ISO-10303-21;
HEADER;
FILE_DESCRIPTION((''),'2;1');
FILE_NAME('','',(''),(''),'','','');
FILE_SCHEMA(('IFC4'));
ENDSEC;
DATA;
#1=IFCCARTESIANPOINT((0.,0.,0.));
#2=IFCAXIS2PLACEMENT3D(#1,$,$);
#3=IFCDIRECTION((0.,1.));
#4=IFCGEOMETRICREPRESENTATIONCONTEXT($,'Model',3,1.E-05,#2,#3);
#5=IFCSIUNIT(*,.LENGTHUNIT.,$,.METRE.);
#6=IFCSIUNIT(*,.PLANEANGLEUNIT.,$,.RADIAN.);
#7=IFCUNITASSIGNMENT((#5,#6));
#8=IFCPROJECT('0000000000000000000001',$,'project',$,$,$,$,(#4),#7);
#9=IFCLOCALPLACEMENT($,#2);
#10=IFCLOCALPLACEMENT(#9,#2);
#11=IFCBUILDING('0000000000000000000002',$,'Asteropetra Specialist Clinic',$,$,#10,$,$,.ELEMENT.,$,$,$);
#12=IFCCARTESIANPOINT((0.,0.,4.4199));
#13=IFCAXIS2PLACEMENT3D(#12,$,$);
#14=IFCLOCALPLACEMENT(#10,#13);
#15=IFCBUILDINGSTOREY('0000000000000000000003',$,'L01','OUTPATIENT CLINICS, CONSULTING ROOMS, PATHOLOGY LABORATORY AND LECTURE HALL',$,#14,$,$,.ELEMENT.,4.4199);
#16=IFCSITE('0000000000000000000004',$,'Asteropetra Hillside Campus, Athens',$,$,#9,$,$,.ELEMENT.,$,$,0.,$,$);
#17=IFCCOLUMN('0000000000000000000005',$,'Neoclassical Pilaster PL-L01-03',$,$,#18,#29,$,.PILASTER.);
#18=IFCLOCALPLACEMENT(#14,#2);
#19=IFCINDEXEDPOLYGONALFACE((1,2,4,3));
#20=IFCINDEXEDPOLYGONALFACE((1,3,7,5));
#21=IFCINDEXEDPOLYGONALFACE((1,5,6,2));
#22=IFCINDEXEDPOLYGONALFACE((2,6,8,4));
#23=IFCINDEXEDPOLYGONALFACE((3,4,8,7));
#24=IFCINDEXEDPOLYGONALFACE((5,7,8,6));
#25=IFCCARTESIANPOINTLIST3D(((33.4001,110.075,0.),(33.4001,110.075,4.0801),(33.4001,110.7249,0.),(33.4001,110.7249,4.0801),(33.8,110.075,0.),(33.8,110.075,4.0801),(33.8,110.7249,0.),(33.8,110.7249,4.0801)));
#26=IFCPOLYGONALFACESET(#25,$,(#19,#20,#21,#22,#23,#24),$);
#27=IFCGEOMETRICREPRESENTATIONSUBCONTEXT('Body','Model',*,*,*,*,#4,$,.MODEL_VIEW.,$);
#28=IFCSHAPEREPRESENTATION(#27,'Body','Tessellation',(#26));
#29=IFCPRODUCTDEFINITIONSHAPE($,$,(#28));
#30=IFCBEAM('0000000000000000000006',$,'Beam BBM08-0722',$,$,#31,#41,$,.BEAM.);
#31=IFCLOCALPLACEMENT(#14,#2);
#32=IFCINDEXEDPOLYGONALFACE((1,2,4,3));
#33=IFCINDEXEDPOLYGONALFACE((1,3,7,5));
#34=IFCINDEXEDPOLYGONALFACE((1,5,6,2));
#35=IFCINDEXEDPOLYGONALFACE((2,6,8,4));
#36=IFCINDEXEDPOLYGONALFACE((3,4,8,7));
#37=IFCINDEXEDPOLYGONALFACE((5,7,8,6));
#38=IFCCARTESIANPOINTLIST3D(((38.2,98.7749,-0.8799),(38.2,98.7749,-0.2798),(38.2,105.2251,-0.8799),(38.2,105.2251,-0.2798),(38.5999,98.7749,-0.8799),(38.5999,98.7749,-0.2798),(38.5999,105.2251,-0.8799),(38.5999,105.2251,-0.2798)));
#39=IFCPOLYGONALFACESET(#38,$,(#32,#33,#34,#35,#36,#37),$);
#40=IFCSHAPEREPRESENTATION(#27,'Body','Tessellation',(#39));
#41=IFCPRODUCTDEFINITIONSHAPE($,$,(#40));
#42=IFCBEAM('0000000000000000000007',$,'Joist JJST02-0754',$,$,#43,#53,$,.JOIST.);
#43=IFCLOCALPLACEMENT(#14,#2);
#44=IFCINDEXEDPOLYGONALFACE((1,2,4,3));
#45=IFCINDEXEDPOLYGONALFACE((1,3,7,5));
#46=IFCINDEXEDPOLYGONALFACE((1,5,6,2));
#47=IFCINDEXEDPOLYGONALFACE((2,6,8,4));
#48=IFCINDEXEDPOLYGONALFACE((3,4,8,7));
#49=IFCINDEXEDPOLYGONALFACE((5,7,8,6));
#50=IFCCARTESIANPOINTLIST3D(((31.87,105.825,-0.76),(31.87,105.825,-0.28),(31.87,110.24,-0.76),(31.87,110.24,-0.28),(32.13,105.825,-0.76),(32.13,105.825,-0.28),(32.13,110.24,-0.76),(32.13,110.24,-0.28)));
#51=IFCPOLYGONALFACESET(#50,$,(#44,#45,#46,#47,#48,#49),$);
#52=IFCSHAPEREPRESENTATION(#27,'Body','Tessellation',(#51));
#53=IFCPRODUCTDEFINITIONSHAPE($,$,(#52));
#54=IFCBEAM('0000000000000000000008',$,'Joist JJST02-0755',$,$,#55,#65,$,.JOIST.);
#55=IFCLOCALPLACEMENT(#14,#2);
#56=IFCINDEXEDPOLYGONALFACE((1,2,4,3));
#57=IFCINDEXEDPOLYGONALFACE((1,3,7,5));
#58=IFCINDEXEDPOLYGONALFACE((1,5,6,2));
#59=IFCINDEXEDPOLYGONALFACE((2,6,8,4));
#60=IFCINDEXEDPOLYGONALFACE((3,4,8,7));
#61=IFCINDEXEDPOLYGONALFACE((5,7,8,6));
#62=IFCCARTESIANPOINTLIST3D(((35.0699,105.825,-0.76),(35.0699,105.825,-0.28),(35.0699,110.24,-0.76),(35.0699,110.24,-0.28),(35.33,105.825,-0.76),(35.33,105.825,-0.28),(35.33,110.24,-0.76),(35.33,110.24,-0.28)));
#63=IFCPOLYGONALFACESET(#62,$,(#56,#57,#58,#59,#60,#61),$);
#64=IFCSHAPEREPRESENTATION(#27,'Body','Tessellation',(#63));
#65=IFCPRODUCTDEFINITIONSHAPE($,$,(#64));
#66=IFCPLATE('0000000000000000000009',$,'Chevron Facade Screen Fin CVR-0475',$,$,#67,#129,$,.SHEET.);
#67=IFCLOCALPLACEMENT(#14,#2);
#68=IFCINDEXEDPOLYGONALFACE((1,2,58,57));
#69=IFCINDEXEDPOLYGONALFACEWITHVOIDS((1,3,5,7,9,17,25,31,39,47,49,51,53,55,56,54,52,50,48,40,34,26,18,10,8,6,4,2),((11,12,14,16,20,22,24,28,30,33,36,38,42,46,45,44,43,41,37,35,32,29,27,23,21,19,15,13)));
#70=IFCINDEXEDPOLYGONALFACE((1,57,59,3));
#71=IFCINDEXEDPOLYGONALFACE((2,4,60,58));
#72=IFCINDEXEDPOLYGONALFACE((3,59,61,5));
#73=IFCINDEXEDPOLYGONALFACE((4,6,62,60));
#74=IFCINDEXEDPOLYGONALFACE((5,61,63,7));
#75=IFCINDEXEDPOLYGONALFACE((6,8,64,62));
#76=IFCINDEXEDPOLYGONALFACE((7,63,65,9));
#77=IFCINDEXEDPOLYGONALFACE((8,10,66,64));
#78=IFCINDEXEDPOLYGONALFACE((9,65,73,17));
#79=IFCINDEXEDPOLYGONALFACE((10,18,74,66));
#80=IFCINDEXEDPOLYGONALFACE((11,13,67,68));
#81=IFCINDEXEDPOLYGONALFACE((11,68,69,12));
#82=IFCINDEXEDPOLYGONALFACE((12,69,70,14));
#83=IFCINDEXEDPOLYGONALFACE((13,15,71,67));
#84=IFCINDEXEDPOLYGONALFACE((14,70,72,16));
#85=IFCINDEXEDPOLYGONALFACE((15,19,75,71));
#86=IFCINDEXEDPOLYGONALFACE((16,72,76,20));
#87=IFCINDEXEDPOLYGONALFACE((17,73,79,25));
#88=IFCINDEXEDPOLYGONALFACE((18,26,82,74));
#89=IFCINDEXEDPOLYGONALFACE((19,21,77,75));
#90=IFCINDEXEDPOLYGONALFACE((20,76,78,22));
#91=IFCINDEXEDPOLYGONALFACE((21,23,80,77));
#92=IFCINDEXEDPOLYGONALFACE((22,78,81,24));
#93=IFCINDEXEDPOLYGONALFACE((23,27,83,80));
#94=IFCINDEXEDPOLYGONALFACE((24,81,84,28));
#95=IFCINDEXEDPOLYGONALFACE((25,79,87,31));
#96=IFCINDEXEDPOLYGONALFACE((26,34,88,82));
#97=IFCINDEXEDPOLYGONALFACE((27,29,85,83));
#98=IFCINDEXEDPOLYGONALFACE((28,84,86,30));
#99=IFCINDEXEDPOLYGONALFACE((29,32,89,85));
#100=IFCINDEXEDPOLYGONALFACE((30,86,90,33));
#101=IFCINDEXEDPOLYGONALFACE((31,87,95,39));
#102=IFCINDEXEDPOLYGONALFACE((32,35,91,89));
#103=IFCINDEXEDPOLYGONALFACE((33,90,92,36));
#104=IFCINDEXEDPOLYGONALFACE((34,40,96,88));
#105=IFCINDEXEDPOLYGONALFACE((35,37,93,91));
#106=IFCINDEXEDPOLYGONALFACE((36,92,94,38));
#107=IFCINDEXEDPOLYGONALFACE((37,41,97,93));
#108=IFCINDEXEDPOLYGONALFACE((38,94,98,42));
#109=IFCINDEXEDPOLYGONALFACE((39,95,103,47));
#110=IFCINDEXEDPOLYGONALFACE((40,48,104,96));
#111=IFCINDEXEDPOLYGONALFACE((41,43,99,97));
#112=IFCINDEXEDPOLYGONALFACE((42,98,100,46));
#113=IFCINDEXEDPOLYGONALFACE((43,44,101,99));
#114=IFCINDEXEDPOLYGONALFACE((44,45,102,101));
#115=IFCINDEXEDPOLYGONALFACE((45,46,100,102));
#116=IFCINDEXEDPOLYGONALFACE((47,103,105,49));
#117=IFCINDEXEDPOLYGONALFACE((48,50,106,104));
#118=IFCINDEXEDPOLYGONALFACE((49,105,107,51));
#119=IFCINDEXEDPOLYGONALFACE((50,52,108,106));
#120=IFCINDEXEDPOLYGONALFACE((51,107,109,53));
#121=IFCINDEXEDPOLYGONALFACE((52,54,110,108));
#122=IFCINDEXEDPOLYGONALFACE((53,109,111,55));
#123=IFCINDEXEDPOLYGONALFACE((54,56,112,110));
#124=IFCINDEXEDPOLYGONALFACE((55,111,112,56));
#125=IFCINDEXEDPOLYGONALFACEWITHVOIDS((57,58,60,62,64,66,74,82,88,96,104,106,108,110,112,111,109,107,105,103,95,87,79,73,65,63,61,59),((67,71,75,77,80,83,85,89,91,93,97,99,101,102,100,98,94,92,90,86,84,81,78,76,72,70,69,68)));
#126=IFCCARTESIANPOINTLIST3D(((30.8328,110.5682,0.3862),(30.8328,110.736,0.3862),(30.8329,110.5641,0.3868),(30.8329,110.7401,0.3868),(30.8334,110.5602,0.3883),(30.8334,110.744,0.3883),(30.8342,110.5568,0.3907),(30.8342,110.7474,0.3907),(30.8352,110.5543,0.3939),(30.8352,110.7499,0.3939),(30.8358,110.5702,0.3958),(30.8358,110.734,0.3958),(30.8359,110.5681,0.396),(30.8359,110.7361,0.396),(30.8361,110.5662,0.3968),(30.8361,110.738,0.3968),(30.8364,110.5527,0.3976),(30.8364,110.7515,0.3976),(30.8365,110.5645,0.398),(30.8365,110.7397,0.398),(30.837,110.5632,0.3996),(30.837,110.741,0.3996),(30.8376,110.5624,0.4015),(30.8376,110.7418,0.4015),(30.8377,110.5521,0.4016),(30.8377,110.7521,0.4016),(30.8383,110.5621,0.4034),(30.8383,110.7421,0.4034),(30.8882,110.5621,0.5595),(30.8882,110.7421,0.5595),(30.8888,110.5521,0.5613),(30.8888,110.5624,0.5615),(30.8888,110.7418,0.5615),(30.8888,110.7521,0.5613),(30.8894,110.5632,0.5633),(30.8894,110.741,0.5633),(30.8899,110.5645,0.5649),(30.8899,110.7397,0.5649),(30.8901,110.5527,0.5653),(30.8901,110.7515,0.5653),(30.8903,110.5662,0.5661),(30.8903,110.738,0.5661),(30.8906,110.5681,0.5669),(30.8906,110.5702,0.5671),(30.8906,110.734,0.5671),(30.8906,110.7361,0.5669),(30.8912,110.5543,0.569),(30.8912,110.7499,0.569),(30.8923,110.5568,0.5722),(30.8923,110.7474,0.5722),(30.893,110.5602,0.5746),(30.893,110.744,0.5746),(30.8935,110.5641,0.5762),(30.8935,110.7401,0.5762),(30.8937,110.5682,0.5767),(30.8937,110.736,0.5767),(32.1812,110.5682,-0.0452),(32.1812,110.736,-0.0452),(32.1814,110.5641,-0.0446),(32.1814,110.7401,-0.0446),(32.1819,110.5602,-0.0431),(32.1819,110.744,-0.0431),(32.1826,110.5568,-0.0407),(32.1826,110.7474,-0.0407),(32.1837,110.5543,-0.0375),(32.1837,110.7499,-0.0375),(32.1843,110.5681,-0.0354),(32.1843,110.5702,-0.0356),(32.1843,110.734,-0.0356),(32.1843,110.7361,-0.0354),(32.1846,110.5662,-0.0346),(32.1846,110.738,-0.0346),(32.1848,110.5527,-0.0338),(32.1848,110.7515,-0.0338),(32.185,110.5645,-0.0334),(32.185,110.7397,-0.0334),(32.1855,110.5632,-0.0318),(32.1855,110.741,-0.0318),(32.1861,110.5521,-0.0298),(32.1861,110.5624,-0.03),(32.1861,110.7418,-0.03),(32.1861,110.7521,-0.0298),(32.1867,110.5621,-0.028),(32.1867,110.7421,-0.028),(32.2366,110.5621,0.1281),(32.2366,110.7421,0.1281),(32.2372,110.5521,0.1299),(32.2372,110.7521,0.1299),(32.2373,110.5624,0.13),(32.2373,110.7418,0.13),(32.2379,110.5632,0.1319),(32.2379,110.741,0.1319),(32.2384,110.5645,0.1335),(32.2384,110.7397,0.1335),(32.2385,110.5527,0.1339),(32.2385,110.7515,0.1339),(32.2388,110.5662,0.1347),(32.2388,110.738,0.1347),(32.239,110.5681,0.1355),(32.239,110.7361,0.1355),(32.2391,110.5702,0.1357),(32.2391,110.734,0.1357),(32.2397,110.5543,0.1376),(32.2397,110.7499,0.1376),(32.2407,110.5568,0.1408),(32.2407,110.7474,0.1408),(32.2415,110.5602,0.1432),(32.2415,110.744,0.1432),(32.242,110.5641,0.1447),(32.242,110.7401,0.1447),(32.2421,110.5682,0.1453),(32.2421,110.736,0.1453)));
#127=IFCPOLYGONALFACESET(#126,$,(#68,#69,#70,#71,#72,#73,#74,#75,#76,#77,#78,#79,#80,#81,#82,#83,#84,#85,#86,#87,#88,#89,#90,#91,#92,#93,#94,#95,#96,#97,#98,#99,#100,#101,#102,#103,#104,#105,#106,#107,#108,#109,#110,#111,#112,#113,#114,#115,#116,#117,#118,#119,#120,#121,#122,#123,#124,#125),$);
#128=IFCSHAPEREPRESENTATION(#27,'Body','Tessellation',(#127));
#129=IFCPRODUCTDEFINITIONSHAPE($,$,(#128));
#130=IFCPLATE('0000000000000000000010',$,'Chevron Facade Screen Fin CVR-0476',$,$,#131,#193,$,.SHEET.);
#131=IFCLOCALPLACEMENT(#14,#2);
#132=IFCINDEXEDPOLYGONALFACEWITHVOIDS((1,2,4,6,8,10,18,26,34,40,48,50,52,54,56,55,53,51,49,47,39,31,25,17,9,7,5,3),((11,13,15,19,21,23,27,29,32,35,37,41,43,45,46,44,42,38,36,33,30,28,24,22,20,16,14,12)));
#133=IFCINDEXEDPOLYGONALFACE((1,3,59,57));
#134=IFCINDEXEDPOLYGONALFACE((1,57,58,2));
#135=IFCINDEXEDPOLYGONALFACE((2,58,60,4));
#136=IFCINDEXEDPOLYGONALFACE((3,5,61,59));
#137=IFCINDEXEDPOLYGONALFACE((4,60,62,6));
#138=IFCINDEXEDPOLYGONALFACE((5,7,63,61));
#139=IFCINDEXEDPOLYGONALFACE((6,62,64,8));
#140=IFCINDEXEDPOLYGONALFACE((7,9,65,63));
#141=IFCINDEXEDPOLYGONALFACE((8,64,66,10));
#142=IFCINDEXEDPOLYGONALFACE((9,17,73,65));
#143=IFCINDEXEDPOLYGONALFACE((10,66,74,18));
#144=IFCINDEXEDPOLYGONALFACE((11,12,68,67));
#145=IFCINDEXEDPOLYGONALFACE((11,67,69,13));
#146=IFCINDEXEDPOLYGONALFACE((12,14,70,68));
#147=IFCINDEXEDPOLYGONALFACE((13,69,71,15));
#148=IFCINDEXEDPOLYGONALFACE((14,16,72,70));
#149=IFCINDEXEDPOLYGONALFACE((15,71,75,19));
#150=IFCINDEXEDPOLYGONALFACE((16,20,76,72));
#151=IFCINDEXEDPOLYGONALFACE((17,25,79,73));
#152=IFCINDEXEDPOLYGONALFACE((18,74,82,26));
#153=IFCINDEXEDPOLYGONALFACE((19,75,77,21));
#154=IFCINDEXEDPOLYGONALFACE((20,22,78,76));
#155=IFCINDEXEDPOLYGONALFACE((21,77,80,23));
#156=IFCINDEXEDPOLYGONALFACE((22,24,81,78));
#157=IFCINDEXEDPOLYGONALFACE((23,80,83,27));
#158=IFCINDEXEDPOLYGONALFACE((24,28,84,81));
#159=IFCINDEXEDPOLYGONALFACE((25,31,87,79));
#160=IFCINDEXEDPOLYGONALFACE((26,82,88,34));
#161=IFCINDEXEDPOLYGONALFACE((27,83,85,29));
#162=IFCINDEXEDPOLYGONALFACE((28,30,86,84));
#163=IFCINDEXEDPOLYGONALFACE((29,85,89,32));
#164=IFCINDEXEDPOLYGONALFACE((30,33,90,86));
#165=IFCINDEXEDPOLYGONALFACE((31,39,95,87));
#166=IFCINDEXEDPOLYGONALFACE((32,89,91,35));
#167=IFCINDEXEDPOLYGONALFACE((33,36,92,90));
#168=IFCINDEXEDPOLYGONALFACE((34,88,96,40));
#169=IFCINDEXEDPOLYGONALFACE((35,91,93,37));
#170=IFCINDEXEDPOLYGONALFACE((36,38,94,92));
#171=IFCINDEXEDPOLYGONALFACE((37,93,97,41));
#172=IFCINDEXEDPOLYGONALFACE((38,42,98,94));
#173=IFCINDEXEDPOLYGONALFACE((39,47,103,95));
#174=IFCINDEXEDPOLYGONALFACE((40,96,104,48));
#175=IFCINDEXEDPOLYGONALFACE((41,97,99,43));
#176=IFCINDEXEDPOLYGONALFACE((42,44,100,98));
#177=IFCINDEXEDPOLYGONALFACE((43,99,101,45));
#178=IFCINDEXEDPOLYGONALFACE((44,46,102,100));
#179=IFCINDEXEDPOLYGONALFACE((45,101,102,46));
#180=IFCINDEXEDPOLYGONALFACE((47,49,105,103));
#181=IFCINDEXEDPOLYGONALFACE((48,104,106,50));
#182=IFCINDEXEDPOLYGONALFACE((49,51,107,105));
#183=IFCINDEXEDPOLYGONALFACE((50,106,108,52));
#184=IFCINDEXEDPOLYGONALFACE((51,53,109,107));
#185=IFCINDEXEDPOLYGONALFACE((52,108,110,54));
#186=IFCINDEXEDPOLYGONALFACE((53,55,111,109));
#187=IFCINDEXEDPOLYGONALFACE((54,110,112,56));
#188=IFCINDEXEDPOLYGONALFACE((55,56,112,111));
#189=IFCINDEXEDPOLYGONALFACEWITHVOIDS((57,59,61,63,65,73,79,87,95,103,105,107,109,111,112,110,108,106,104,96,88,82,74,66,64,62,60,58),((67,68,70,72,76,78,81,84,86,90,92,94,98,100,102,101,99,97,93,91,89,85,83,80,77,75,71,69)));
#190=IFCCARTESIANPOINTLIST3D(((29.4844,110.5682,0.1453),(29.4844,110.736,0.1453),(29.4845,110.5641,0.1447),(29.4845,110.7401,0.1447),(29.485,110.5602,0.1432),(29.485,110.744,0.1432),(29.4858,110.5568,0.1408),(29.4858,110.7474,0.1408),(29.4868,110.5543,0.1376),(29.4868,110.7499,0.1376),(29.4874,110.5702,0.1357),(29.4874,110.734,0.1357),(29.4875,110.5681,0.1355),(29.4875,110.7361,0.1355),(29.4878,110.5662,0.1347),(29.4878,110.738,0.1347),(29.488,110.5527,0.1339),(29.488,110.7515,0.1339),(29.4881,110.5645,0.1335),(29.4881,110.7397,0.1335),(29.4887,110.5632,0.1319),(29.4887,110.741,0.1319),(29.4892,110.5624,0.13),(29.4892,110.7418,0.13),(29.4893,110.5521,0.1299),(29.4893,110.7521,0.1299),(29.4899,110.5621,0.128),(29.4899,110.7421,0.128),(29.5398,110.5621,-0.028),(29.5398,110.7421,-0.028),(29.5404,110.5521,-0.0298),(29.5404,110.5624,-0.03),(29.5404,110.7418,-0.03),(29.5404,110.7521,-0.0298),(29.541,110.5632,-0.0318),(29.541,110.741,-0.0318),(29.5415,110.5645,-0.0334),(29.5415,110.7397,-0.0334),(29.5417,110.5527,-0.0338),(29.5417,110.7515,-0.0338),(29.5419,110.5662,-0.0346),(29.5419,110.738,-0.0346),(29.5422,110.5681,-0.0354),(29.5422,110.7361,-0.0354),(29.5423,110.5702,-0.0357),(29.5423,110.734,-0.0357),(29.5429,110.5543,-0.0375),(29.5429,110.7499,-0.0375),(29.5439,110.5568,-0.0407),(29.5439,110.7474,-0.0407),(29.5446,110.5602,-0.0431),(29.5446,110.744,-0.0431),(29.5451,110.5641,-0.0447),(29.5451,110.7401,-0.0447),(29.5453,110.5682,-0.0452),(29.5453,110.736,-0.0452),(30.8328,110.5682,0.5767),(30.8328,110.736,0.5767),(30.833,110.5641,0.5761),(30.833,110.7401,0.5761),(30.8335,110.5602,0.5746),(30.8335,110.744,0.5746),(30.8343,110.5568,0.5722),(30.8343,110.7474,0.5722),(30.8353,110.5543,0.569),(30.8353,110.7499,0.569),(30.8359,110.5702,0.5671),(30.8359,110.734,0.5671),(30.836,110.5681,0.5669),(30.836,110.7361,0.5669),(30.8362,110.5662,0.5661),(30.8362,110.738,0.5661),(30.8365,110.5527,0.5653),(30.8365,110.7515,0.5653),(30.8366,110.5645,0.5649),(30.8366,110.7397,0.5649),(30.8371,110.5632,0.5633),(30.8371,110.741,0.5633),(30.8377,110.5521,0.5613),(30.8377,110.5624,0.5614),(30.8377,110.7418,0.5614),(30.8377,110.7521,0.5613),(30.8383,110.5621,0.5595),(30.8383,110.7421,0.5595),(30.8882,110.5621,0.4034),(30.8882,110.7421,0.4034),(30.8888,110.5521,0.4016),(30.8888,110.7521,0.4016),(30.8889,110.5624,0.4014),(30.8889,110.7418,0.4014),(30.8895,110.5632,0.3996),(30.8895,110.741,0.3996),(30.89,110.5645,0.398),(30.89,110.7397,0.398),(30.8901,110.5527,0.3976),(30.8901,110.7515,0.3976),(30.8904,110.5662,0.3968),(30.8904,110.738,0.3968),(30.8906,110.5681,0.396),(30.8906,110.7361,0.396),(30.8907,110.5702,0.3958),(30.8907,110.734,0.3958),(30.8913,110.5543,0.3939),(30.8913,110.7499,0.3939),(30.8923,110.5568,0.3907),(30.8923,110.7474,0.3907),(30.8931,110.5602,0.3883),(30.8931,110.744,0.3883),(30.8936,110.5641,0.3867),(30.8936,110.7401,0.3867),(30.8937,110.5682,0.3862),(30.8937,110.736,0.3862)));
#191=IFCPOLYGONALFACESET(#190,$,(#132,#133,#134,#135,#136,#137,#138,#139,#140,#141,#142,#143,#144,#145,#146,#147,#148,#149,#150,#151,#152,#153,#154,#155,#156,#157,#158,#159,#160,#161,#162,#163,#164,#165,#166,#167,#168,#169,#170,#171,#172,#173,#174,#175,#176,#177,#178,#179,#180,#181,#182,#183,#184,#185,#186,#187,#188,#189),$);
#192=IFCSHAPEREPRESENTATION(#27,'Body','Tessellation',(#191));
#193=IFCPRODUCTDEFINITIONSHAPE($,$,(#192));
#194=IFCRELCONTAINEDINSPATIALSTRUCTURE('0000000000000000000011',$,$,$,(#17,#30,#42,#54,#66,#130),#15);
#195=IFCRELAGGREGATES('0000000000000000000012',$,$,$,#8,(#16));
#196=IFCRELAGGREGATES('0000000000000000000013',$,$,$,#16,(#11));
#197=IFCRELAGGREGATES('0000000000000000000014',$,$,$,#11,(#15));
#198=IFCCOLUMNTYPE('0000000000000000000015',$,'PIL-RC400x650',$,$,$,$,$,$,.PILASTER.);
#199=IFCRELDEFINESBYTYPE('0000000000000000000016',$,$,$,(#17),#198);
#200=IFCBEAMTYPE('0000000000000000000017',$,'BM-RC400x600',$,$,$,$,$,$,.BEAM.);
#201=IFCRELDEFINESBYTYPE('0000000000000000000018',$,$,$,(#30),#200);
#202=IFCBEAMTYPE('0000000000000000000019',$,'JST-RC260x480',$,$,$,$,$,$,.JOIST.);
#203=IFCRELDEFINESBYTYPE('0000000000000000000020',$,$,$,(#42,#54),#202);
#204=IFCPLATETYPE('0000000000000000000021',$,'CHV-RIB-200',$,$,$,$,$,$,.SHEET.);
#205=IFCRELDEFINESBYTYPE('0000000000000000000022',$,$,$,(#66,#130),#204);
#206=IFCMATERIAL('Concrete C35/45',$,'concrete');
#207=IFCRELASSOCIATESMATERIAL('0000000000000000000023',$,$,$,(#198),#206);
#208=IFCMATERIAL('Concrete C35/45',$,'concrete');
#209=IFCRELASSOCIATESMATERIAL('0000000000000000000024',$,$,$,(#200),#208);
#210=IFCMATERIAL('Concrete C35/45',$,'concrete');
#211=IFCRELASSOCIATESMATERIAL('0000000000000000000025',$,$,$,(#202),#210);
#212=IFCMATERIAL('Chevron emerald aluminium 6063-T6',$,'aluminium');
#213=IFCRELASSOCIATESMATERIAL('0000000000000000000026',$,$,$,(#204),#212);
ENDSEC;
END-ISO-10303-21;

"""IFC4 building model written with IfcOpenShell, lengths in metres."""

from ifc_helpers import new_model, si_unit, direction, frame, origin, origin_2d, place, context, subcontext, project, spatial, rectangle, hollow_rectangle, extrude, material, material_profile, profile_set, type_object, element, save


model = new_model("IFC4")

# Units and contexts
model_context = context("Model", 3, precision=1e-05, world=origin(), true_north=direction((0.0, 1.0)))
body_context = subcontext(model_context, "Body", "Model", "MODEL_VIEW")
ifc_project = project(units=[si_unit("LENGTHUNIT", "METRE"), si_unit("PLANEANGLEUNIT", "RADIAN")], contexts=[model_context])

# Site, building, storey
site_placement = place(None, origin())
site = spatial("IfcSite", under=ifc_project, at=site_placement, Name="Asteropetra Hillside Campus, Athens", CompositionType="ELEMENT", RefElevation=0.0)
building_placement = place(site_placement, origin())
building = spatial("IfcBuilding", under=site, at=building_placement, Name="Asteropetra Specialist Clinic", CompositionType="ELEMENT")
storey_placement = place(building_placement, frame((0.0, 0.0, 4.4199)))
storey = spatial("IfcBuildingStorey", under=building, at=storey_placement, Name="L01", Description="OUTPATIENT CLINICS, CONSULTING ROOMS, PATHOLOGY LABORATORY AND LECTURE HALL", CompositionType="ELEMENT", Elevation=4.4199)

# Column
ifc_material_1 = material(Name="Concrete C35/45", Category="concrete")
ifc_material_profile_1 = material_profile(ifc_material_1, rectangle(XDim=0.3999, YDim=0.6499, at=origin_2d()), Name="PIL 400x650")
ifc_profile_set_1 = profile_set([ifc_material_profile_1], Name="Concrete C35/45")
column_type = type_object("IfcColumnType", Name="PIL-RC400x650", PredefinedType="PILASTER", material=ifc_profile_set_1)
column_placement = place(storey_placement, frame((33.6001, 110.3999, 0.0), z_axis=(0.0, 0.0, 1.0), x_axis=(1.0, 0.0, 0.0)))
element("IfcColumn", 1, at=column_placement, inside=storey, type_object=column_type, Name="Neoclassical Pilaster PL-L01-03", PredefinedType="PILASTER", context=body_context, shape_type="SweptSolid", body=[
    extrude(rectangle(XDim=0.3999, YDim=0.6499, at=origin_2d()), origin(), (0.0, 0.0, 1.0), 4.0801),
])

# Beams
ifc_material_2 = material(Name="Concrete C35/45", Category="concrete")
ifc_material_profile_2 = material_profile(ifc_material_2, rectangle(XDim=0.3999, YDim=0.6001, at=origin_2d()), Name="RCB 400x600")
ifc_profile_set_2 = profile_set([ifc_material_profile_2], Name="Concrete C35/45")
beam_type_1 = type_object("IfcBeamType", Name="BM-RC400x600", PredefinedType="BEAM", material=ifc_profile_set_2)
beam_placement = place(storey_placement, frame((38.3999, 98.7749, -0.5798), z_axis=(0.0, 1.0, 0.0), x_axis=(-1.0, 0.0, 0.0)))
element("IfcBeam", 2, at=beam_placement, inside=storey, type_object=beam_type_1, Name="Beam BBM08-0722", PredefinedType="BEAM", context=body_context, shape_type="SweptSolid", body=[
    extrude(rectangle(XDim=0.3999, YDim=0.6001, at=origin_2d()), origin(), (0.0, 0.0, 1.0), 6.4502),
])
ifc_material_3 = material(Name="Concrete C35/45", Category="concrete")
ifc_material_profile_3 = material_profile(ifc_material_3, rectangle(XDim=0.26, YDim=0.48, at=origin_2d()), Name="RCJ 260x480")
ifc_profile_set_3 = profile_set([ifc_material_profile_3], Name="Concrete C35/45")
beam_type_2 = type_object("IfcBeamType", Name="JST-RC260x480", PredefinedType="JOIST", material=ifc_profile_set_3)
for number, where, z_axis, x_axis, name in (
    (3, (32.0, 105.825, -0.52), (0.0, 1.0, 0.0), (-1.0, 0.0, 0.0), "Joist JJST02-0754"),
    (4, (35.2, 105.825, -0.52), (0.0, 1.0, 0.0), (-1.0, 0.0, 0.0), "Joist JJST02-0755"),
):
    element("IfcBeam", number, at=place(storey_placement, frame(where, z_axis=z_axis, x_axis=x_axis)), inside=storey, type_object=beam_type_2, Name=name, PredefinedType="JOIST", context=body_context, shape_type="SweptSolid", body=[
        extrude(rectangle(XDim=0.26, YDim=0.48, at=origin_2d()), origin(), (0.0, 0.0, 1.0), 4.415),
    ])

# Plates
ifc_material_4 = material(Name="Chevron emerald aluminium 6063-T6", Category="aluminium")
ifc_material_profile_4 = material_profile(ifc_material_4, hollow_rectangle(XDim=0.2, YDim=0.2, WallThickness=0.01, InnerFilletRadius=0.0081, OuterFilletRadius=0.0161, at=origin_2d()), Name="SHS 200x200x10.0")
ifc_profile_set_4 = profile_set([ifc_material_profile_4], Name="Chevron emerald aluminium 6063-T6")
plate_type = type_object("IfcPlateType", Name="CHV-RIB-200", PredefinedType="SHEET", material=ifc_profile_set_4)
for number, where, z_axis, x_axis, name in (
    (5, (32.2117, 110.6521, 0.05), (-0.952442, 0.0, 0.304719), (0.0, -1.0, 0.0), "Chevron Facade Screen Fin CVR-0475"),
    (6, (30.8633, 110.6521, 0.4814), (-0.952442, 0.0, -0.304719), (0.0, -1.0, 0.0), "Chevron Facade Screen Fin CVR-0476"),
):
    element("IfcPlate", number, at=place(storey_placement, frame(where, z_axis=z_axis, x_axis=x_axis)), inside=storey, type_object=plate_type, Name=name, PredefinedType="SHEET", context=body_context, shape_type="SweptSolid", body=[
        extrude(hollow_rectangle(XDim=0.2, YDim=0.2, WallThickness=0.01, InnerFilletRadius=0.0081, OuterFilletRadius=0.0161, at=origin_2d()), origin(), (0.0, 0.0, 1.0), 1.4158),
    ])

save(model, "model.ifc")
